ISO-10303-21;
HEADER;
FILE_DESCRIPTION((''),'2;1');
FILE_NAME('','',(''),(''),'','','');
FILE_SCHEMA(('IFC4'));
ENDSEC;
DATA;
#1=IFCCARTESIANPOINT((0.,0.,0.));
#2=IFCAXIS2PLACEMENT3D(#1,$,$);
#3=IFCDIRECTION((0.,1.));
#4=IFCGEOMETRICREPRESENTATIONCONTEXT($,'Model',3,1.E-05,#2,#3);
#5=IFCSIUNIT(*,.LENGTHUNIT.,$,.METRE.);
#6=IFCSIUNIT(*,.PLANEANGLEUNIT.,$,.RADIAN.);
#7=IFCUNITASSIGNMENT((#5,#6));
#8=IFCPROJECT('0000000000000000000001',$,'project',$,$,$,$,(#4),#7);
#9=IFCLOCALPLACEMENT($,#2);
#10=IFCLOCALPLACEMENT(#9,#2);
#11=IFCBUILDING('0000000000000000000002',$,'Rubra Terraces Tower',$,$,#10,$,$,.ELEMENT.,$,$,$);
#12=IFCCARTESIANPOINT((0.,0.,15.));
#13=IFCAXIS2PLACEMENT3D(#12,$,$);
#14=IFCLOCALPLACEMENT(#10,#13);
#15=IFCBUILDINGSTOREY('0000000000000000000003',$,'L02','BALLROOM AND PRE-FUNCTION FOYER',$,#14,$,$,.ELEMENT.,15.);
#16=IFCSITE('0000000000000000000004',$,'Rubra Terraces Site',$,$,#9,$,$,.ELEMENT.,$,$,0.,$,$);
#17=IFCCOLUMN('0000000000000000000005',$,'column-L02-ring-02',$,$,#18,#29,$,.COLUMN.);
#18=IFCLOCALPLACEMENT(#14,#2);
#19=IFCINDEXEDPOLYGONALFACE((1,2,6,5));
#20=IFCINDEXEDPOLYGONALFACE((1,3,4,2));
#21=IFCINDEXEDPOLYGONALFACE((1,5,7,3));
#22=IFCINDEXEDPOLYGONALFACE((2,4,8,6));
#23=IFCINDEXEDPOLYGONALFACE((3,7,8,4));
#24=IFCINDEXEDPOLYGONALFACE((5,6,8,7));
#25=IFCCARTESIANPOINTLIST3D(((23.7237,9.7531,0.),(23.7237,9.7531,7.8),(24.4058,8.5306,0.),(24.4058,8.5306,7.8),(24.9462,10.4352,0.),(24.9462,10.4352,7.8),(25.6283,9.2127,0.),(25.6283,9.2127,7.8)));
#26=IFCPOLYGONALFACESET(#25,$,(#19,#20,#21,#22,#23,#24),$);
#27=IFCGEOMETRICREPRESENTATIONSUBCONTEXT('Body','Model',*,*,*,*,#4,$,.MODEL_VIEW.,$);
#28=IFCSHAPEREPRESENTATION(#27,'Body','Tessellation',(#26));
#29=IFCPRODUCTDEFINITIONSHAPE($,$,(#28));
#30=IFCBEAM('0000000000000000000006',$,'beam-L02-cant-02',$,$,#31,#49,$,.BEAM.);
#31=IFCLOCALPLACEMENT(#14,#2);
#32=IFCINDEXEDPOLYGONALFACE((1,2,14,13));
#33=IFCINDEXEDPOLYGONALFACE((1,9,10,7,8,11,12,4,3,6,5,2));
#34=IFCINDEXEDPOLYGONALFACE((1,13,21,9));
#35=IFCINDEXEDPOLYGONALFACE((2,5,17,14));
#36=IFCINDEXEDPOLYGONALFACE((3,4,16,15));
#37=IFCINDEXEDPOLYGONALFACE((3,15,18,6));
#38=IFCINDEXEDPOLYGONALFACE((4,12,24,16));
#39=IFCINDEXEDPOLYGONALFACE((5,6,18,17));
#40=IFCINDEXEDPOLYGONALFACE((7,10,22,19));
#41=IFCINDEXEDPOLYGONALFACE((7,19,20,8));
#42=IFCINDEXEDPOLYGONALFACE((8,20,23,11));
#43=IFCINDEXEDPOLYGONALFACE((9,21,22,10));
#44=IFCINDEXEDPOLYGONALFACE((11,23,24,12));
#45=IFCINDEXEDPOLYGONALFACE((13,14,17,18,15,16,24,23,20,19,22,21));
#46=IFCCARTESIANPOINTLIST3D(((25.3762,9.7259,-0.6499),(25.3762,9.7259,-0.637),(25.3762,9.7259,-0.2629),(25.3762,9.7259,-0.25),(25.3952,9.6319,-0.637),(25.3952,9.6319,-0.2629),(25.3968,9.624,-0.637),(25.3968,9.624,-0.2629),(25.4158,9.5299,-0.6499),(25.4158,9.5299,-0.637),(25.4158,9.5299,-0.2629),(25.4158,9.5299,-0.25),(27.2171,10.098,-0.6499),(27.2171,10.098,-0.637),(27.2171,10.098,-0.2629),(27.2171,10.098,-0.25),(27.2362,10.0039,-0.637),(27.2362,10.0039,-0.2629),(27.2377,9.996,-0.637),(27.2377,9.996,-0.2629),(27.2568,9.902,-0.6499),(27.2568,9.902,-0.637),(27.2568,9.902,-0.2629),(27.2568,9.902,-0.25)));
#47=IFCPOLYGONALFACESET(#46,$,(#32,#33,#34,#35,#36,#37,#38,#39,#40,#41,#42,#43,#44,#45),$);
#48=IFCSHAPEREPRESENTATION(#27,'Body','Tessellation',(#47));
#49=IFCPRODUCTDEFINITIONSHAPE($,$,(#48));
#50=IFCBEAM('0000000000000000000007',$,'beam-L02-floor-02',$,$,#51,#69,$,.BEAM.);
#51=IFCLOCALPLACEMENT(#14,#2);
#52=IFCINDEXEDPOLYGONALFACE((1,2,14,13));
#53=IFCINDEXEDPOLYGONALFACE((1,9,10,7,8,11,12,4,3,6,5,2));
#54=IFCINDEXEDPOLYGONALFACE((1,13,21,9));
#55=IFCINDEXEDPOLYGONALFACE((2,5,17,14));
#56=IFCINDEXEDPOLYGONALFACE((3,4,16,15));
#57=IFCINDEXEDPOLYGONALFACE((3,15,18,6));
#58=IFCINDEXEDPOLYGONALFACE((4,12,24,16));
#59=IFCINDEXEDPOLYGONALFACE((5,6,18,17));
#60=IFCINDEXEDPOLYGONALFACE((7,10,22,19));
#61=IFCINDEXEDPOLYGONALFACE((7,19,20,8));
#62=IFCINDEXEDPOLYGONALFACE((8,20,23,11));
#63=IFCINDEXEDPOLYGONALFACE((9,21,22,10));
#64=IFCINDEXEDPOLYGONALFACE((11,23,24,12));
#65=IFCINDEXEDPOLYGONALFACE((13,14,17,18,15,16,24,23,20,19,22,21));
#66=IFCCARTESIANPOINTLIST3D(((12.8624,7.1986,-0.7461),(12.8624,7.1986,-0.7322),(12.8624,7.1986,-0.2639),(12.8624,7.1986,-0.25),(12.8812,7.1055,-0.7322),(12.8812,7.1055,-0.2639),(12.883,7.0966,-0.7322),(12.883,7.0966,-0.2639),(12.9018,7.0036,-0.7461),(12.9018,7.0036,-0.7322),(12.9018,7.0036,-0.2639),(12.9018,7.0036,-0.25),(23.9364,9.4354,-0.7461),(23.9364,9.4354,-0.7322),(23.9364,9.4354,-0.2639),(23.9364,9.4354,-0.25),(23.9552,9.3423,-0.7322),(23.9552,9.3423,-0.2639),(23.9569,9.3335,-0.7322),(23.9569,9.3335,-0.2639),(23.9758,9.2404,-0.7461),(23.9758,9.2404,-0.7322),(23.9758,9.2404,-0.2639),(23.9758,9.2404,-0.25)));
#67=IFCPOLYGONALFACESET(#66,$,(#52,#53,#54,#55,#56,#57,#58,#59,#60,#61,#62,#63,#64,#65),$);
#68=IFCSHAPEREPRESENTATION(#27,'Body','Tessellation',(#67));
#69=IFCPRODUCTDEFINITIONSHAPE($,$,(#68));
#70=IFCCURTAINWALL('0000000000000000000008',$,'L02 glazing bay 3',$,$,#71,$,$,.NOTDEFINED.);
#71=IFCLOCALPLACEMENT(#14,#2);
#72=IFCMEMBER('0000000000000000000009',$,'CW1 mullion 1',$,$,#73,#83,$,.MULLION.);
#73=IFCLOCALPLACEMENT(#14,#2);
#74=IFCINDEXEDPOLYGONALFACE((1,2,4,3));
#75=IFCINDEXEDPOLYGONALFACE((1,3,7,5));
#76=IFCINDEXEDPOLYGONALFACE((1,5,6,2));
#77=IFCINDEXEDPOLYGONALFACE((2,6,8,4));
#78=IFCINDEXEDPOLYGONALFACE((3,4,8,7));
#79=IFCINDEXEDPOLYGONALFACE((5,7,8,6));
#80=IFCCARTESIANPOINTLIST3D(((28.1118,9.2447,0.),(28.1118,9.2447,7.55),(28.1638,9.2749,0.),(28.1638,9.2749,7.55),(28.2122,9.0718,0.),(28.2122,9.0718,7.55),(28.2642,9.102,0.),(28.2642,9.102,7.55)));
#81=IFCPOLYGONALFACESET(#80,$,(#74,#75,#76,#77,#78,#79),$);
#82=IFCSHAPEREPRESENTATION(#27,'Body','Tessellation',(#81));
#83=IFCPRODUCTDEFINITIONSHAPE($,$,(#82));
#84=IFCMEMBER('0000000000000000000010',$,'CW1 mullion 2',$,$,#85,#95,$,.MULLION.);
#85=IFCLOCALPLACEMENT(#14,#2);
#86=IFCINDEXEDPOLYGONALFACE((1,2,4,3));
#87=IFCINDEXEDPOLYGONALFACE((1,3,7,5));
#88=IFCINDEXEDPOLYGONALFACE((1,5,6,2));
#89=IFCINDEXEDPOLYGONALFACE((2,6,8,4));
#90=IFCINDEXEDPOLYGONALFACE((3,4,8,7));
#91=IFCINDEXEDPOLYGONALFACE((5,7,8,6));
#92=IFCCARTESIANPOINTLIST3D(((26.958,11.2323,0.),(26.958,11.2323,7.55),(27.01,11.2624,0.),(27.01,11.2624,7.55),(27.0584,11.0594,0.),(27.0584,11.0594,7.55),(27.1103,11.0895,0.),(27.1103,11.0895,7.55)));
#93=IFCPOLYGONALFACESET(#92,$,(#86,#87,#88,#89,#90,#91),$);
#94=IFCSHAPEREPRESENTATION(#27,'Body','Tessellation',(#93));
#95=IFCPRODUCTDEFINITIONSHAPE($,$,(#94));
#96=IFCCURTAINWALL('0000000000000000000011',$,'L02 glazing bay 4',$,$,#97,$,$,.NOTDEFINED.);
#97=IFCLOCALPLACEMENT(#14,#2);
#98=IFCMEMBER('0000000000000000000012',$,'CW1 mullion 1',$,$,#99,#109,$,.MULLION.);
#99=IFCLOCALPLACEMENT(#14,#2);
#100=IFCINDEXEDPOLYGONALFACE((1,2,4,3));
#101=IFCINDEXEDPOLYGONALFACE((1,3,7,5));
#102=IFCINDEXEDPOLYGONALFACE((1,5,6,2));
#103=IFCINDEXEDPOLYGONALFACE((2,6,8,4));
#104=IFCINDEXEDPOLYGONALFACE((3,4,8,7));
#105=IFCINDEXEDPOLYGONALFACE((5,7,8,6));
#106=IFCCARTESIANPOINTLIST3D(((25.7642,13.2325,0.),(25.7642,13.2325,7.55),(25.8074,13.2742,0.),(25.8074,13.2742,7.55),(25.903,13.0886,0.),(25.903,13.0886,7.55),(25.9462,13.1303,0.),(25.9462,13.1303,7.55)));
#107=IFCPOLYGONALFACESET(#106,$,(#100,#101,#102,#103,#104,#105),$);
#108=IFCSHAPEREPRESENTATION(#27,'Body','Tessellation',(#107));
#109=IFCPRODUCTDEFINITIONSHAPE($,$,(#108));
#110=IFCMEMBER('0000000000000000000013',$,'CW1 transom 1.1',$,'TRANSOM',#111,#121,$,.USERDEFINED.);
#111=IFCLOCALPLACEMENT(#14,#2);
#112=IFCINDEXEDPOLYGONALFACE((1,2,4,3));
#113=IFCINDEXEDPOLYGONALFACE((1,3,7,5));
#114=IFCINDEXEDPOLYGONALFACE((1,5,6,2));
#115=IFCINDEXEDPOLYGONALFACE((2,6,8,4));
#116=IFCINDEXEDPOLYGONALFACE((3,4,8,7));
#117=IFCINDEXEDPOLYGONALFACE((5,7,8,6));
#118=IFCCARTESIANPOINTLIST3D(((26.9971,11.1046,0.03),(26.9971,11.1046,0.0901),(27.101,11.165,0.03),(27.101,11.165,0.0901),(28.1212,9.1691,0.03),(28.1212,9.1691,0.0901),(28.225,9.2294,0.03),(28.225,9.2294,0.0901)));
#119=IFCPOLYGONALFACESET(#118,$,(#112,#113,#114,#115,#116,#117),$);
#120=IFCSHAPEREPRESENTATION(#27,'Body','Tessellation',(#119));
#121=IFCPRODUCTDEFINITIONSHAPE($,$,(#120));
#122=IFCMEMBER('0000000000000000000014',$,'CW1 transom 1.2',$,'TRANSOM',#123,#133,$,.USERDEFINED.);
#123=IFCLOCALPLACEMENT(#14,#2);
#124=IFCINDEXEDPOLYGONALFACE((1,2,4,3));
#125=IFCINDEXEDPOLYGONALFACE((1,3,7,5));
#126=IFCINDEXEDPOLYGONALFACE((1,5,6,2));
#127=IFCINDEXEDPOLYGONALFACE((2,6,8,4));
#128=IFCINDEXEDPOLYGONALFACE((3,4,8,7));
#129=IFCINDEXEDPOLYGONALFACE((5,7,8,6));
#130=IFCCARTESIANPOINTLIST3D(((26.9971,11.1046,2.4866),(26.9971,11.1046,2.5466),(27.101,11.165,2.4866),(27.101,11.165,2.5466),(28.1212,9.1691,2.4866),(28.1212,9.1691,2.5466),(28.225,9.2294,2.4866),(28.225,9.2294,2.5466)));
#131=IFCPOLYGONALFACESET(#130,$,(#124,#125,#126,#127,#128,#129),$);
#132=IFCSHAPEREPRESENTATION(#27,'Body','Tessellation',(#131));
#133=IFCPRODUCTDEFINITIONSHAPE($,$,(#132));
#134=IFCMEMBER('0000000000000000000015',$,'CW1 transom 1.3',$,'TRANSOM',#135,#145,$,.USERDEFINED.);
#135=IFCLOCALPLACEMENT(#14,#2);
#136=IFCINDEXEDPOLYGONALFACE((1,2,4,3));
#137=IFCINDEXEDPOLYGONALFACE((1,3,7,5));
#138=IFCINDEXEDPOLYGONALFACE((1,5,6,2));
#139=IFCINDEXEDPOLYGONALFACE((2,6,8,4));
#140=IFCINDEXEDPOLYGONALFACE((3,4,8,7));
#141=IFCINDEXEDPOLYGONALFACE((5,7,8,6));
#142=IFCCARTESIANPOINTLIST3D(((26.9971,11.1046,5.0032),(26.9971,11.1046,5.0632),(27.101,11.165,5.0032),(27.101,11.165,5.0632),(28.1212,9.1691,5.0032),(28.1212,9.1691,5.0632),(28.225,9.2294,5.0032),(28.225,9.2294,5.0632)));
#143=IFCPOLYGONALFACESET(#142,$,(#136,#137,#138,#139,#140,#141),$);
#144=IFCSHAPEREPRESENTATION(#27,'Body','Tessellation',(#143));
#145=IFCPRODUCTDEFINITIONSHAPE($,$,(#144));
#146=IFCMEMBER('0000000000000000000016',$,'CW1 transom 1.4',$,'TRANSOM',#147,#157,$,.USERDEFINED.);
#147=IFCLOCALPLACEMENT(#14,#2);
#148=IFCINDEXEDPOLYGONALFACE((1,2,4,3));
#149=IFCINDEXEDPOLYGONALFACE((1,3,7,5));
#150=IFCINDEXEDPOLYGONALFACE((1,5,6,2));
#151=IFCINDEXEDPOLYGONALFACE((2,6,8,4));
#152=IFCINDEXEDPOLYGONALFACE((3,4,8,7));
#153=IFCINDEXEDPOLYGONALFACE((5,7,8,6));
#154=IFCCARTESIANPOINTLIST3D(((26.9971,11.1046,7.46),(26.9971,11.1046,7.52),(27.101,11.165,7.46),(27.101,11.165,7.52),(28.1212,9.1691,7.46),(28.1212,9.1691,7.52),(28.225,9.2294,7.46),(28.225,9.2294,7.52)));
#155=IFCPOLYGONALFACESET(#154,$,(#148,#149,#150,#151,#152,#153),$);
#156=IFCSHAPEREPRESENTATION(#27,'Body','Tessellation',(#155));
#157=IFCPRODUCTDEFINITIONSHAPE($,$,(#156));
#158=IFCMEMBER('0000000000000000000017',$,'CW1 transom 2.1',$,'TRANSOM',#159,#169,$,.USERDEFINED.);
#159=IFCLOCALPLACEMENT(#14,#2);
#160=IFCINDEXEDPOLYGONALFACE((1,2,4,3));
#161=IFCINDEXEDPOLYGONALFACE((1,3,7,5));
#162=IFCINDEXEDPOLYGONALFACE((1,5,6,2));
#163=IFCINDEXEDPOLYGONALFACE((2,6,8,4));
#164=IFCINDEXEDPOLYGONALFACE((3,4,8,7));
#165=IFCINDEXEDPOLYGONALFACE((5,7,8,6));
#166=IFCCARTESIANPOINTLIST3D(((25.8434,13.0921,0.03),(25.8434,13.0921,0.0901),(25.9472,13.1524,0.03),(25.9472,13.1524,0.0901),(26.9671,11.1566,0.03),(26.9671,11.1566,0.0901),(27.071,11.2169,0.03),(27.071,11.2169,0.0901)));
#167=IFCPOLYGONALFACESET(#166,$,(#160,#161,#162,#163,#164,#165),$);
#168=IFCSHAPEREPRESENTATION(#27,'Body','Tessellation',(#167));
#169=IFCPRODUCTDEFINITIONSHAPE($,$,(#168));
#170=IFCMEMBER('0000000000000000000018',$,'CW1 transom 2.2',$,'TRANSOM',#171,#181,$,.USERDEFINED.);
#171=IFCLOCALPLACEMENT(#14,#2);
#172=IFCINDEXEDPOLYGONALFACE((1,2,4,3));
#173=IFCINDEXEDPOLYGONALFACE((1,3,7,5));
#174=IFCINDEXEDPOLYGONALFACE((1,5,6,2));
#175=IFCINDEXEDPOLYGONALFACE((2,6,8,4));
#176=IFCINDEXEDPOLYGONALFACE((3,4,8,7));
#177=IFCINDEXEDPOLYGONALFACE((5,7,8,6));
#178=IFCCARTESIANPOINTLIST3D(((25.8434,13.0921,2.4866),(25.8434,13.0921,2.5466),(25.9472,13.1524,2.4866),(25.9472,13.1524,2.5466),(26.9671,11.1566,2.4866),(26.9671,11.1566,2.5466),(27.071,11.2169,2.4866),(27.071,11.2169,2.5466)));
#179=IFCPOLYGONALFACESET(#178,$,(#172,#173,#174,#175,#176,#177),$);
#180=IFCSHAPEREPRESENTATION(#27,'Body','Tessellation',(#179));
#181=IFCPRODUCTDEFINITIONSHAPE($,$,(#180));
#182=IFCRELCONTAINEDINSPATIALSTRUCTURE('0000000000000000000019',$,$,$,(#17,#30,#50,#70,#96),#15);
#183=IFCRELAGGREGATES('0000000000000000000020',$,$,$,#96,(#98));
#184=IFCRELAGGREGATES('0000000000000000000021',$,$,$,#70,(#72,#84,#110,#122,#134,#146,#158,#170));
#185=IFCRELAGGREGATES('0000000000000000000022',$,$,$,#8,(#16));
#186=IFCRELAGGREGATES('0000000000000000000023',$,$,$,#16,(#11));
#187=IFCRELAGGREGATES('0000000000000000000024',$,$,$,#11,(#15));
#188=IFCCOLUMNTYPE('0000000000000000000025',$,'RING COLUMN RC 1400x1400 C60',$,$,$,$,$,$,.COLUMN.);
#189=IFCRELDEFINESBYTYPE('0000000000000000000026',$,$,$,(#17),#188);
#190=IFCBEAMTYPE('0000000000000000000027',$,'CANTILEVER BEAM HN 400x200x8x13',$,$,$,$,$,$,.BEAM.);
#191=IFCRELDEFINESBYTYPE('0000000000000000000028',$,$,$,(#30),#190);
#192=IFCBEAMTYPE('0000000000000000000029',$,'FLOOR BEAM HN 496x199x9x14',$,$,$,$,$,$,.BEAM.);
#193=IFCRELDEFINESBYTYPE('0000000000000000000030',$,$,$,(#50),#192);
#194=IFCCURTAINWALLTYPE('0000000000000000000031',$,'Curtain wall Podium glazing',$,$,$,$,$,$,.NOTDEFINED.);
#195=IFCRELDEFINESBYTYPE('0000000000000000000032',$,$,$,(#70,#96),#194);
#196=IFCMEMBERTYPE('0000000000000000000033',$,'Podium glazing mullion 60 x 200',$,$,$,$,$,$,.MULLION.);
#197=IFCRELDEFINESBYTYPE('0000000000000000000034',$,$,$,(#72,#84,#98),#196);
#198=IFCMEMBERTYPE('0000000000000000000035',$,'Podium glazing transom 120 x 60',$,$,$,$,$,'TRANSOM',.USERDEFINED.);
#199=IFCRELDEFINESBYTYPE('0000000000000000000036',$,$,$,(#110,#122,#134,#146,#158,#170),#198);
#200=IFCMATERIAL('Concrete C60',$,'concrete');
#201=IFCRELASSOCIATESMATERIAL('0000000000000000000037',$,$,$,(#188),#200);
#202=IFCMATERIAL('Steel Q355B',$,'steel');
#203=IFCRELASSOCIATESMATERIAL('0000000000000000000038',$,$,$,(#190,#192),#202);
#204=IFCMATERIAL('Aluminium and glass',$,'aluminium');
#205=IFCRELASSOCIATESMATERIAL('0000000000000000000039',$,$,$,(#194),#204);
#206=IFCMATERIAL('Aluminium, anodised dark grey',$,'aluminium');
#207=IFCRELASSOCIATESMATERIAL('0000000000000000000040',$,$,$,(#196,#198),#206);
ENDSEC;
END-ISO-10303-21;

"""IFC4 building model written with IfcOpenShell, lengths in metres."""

from ifc_helpers import new_model, si_unit, direction, frame, origin, origin_2d, place, context, subcontext, project, spatial, rectangle, i_section, extrude, material, material_profile, profile_set, type_object, element, aggregate, save


model = new_model("IFC4")

# Units and contexts
model_context = context("Model", 3, precision=1e-05, world=origin(), true_north=direction((0.0, 1.0)))
body_context = subcontext(model_context, "Body", "Model", "MODEL_VIEW")
ifc_project = project(units=[si_unit("LENGTHUNIT", "METRE"), si_unit("PLANEANGLEUNIT", "RADIAN")], contexts=[model_context])

# Site, building, storey
site_placement = place(None, origin())
site = spatial("IfcSite", under=ifc_project, at=site_placement, Name="Rubra Terraces Site", CompositionType="ELEMENT", RefElevation=0.0)
building_placement = place(site_placement, origin())
building = spatial("IfcBuilding", under=site, at=building_placement, Name="Rubra Terraces Tower", CompositionType="ELEMENT")
storey_placement = place(building_placement, frame((0.0, 0.0, 15.0)))
storey = spatial("IfcBuildingStorey", under=building, at=storey_placement, Name="L02", Description="BALLROOM AND PRE-FUNCTION FOYER", CompositionType="ELEMENT", Elevation=15.0)

# Column
ifc_material_1 = material(Name="Concrete C60", Category="concrete")
ifc_material_profile_1 = material_profile(ifc_material_1, rectangle(XDim=1.3999, YDim=1.3999, at=origin_2d()), Name="RC 1400x1400")
ifc_profile_set_1 = profile_set([ifc_material_profile_1], Name="Concrete C60")
column_type = type_object("IfcColumnType", Name="RING COLUMN RC 1400x1400 C60", PredefinedType="COLUMN", material=ifc_profile_set_1)
column_placement = place(storey_placement, frame((24.676, 9.4829, 0.0), z_axis=(0.0, 0.0, 1.0), x_axis=(-0.487227, 0.873276, 0.0)))
element("IfcColumn", 1, at=column_placement, inside=storey, type_object=column_type, Name="column-L02-ring-02", PredefinedType="COLUMN", context=body_context, shape_type="SweptSolid", body=[
    extrude(rectangle(XDim=1.3999, YDim=1.3999, at=origin_2d()), origin(), (0.0, 0.0, 1.0), 7.8),
])

# Beams
ifc_material_2 = material(Name="Steel Q355B", Category="steel")
ifc_material_profile_2 = material_profile(ifc_material_2, i_section(OverallWidth=0.2, OverallDepth=0.3999, WebThickness=0.0081, FlangeThickness=0.0129, at=origin_2d()), Name="HN 400x200x8x13")
ifc_profile_set_2 = profile_set([ifc_material_profile_2], Name="Steel Q355B")
beam_type_1 = type_object("IfcBeamType", Name="CANTILEVER BEAM HN 400x200x8x13", PredefinedType="BEAM", material=ifc_profile_set_2)
beam_1_placement = place(storey_placement, frame((25.396, 9.6279, -0.45), z_axis=(0.980184, 0.19809, 0.0), x_axis=(-0.19809, 0.980184, 0.0)))
element("IfcBeam", 2, at=beam_1_placement, inside=storey, type_object=beam_type_1, Name="beam-L02-cant-02", PredefinedType="BEAM", context=body_context, shape_type="SweptSolid", body=[
    extrude(i_section(OverallWidth=0.2, OverallDepth=0.3999, WebThickness=0.0081, FlangeThickness=0.0129, at=origin_2d()), origin(), (0.0, 0.0, 1.0), 1.8782),
])
ifc_material_profile_3 = material_profile(ifc_material_2, i_section(OverallWidth=0.199, OverallDepth=0.4961, WebThickness=0.009, FlangeThickness=0.0139, at=origin_2d()), Name="HN 496x199x9x14")
ifc_profile_set_3 = profile_set([ifc_material_profile_3], Name="Steel Q355B")
beam_type_2 = type_object("IfcBeamType", Name="FLOOR BEAM HN 496x199x9x14", PredefinedType="BEAM", material=ifc_profile_set_3)
beam_2_placement = place(storey_placement, frame((23.9561, 9.3379, -0.498), z_axis=(-0.980204, -0.19799, 0.0), x_axis=(0.19799, -0.980204, 0.0)))
element("IfcBeam", 3, at=beam_2_placement, inside=storey, type_object=beam_type_2, Name="beam-L02-floor-02", PredefinedType="BEAM", context=body_context, shape_type="SweptSolid", body=[
    extrude(i_section(OverallWidth=0.199, OverallDepth=0.4961, WebThickness=0.009, FlangeThickness=0.0139, at=origin_2d()), origin(), (0.0, 0.0, 1.0), 11.2976),
])

# Curtain wall, members
ifc_material_3 = material(Name="Aluminium and glass", Category="aluminium")
curtain_wall_type = type_object("IfcCurtainWallType", Name="Curtain wall Podium glazing", PredefinedType="NOTDEFINED", material=ifc_material_3)
curtain_wall_1_placement = place(storey_placement, origin())
curtain_wall_1 = element("IfcCurtainWall", 4, at=curtain_wall_1_placement, inside=storey, type_object=curtain_wall_type, Name="L02 glazing bay 3", PredefinedType="NOTDEFINED")
ifc_material_4 = material(Name="Aluminium, anodised dark grey", Category="aluminium")
ifc_material_profile_4 = material_profile(ifc_material_4, rectangle(XDim=0.0601, YDim=0.2, at=origin_2d()), Name="AL 60x200")
ifc_profile_set_4 = profile_set([ifc_material_profile_4], Name="Aluminium, anodised dark grey")
member_type_1 = type_object("IfcMemberType", Name="Podium glazing mullion 60 x 200", PredefinedType="MULLION", material=ifc_profile_set_4)
member_1_placement = place(storey_placement, frame((28.188, 9.1733, 0.0), z_axis=(0.0, 0.0, 1.0), x_axis=(-0.864813, -0.502094, 0.0)))
member_1 = element("IfcMember", 5, at=member_1_placement, type_object=member_type_1, Name="CW1 mullion 1", PredefinedType="MULLION", context=body_context, shape_type="SweptSolid", body=[
    extrude(rectangle(XDim=0.0601, YDim=0.2, at=origin_2d()), origin(), (0.0, 0.0, 1.0), 7.55),
])
member_2_placement = place(storey_placement, frame((27.0342, 11.1609, 0.0), z_axis=(0.0, 0.0, 1.0), x_axis=(-0.864813, -0.502094, 0.0)))
member_2 = element("IfcMember", 6, at=member_2_placement, type_object=member_type_1, Name="CW1 mullion 2", PredefinedType="MULLION", context=body_context, shape_type="SweptSolid", body=[
    extrude(rectangle(XDim=0.0601, YDim=0.2, at=origin_2d()), origin(), (0.0, 0.0, 1.0), 7.55),
])

# Curtain wall, member
curtain_wall_2_placement = place(storey_placement, origin())
curtain_wall_2 = element("IfcCurtainWall", 7, at=curtain_wall_2_placement, inside=storey, type_object=curtain_wall_type, Name="L02 glazing bay 4", PredefinedType="NOTDEFINED")
member_3_placement = place(storey_placement, frame((25.8552, 13.1814, 0.0), z_axis=(0.0, 0.0, 1.0), x_axis=(-0.719825, -0.694156, 0.0)))
member_3 = element("IfcMember", 8, at=member_3_placement, type_object=member_type_1, Name="CW1 mullion 1", PredefinedType="MULLION", context=body_context, shape_type="SweptSolid", body=[
    extrude(rectangle(XDim=0.0601, YDim=0.2, at=origin_2d()), origin(), (0.0, 0.0, 1.0), 7.55),
])

# Members
ifc_material_profile_5 = material_profile(ifc_material_4, rectangle(XDim=0.1201, YDim=0.0601, at=origin_2d()), Name="AL 120x60")
ifc_profile_set_5 = profile_set([ifc_material_profile_5], Name="Aluminium, anodised dark grey")
member_type_2 = type_object("IfcMemberType", Name="Podium glazing transom 120 x 60", ElementType="TRANSOM", PredefinedType="USERDEFINED", material=ifc_profile_set_5)
member_4_placement = place(storey_placement, frame((28.1731, 9.1992, 0.0601), z_axis=(-0.502188, 0.864758, 0.0), x_axis=(-0.864758, -0.502188, 0.0)))
member_4 = element("IfcMember", 9, at=member_4_placement, type_object=member_type_2, Name="CW1 transom 1.1", ObjectType="TRANSOM", PredefinedType="USERDEFINED", context=body_context, shape_type="SweptSolid", body=[
    extrude(rectangle(XDim=0.1201, YDim=0.0601, at=origin_2d()), origin(), (0.0, 0.0, 1.0), 2.2383),
])
member_5_placement = place(storey_placement, frame((28.1731, 9.1992, 2.5166), z_axis=(-0.502188, 0.864758, 0.0), x_axis=(-0.864758, -0.502188, 0.0)))
member_5 = element("IfcMember", 10, at=member_5_placement, type_object=member_type_2, Name="CW1 transom 1.2", ObjectType="TRANSOM", PredefinedType="USERDEFINED", context=body_context, shape_type="SweptSolid", body=[
    extrude(rectangle(XDim=0.1201, YDim=0.0601, at=origin_2d()), origin(), (0.0, 0.0, 1.0), 2.2383),
])
member_6_placement = place(storey_placement, frame((28.1731, 9.1992, 5.0332), z_axis=(-0.502188, 0.864758, 0.0), x_axis=(-0.864758, -0.502188, 0.0)))
member_6 = element("IfcMember", 11, at=member_6_placement, type_object=member_type_2, Name="CW1 transom 1.3", ObjectType="TRANSOM", PredefinedType="USERDEFINED", context=body_context, shape_type="SweptSolid", body=[
    extrude(rectangle(XDim=0.1201, YDim=0.0601, at=origin_2d()), origin(), (0.0, 0.0, 1.0), 2.2383),
])
member_7_placement = place(storey_placement, frame((28.1731, 9.1992, 7.49), z_axis=(-0.502188, 0.864758, 0.0), x_axis=(-0.864758, -0.502188, 0.0)))
member_7 = element("IfcMember", 12, at=member_7_placement, type_object=member_type_2, Name="CW1 transom 1.4", ObjectType="TRANSOM", PredefinedType="USERDEFINED", context=body_context, shape_type="SweptSolid", body=[
    extrude(rectangle(XDim=0.1201, YDim=0.0601, at=origin_2d()), origin(), (0.0, 0.0, 1.0), 2.2383),
])
member_8_placement = place(storey_placement, frame((27.019, 11.1868, 0.0601), z_axis=(-0.502107, 0.864806, 0.0), x_axis=(-0.864806, -0.502107, 0.0)))
member_8 = element("IfcMember", 13, at=member_8_placement, type_object=member_type_2, Name="CW1 transom 2.1", ObjectType="TRANSOM", PredefinedType="USERDEFINED", context=body_context, shape_type="SweptSolid", body=[
    extrude(rectangle(XDim=0.1201, YDim=0.0601, at=origin_2d()), origin(), (0.0, 0.0, 1.0), 2.238),
])
member_9_placement = place(storey_placement, frame((27.019, 11.1868, 2.5166), z_axis=(-0.502107, 0.864806, 0.0), x_axis=(-0.864806, -0.502107, 0.0)))
member_9 = element("IfcMember", 14, at=member_9_placement, type_object=member_type_2, Name="CW1 transom 2.2", ObjectType="TRANSOM", PredefinedType="USERDEFINED", context=body_context, shape_type="SweptSolid", body=[
    extrude(rectangle(XDim=0.1201, YDim=0.0601, at=origin_2d()), origin(), (0.0, 0.0, 1.0), 2.238),
])
aggregate(curtain_wall_2, [member_3])

aggregate(curtain_wall_1, [member_1, member_2, member_4, member_5, member_6, member_7, member_8, member_9])

save(model, "model.ifc")
